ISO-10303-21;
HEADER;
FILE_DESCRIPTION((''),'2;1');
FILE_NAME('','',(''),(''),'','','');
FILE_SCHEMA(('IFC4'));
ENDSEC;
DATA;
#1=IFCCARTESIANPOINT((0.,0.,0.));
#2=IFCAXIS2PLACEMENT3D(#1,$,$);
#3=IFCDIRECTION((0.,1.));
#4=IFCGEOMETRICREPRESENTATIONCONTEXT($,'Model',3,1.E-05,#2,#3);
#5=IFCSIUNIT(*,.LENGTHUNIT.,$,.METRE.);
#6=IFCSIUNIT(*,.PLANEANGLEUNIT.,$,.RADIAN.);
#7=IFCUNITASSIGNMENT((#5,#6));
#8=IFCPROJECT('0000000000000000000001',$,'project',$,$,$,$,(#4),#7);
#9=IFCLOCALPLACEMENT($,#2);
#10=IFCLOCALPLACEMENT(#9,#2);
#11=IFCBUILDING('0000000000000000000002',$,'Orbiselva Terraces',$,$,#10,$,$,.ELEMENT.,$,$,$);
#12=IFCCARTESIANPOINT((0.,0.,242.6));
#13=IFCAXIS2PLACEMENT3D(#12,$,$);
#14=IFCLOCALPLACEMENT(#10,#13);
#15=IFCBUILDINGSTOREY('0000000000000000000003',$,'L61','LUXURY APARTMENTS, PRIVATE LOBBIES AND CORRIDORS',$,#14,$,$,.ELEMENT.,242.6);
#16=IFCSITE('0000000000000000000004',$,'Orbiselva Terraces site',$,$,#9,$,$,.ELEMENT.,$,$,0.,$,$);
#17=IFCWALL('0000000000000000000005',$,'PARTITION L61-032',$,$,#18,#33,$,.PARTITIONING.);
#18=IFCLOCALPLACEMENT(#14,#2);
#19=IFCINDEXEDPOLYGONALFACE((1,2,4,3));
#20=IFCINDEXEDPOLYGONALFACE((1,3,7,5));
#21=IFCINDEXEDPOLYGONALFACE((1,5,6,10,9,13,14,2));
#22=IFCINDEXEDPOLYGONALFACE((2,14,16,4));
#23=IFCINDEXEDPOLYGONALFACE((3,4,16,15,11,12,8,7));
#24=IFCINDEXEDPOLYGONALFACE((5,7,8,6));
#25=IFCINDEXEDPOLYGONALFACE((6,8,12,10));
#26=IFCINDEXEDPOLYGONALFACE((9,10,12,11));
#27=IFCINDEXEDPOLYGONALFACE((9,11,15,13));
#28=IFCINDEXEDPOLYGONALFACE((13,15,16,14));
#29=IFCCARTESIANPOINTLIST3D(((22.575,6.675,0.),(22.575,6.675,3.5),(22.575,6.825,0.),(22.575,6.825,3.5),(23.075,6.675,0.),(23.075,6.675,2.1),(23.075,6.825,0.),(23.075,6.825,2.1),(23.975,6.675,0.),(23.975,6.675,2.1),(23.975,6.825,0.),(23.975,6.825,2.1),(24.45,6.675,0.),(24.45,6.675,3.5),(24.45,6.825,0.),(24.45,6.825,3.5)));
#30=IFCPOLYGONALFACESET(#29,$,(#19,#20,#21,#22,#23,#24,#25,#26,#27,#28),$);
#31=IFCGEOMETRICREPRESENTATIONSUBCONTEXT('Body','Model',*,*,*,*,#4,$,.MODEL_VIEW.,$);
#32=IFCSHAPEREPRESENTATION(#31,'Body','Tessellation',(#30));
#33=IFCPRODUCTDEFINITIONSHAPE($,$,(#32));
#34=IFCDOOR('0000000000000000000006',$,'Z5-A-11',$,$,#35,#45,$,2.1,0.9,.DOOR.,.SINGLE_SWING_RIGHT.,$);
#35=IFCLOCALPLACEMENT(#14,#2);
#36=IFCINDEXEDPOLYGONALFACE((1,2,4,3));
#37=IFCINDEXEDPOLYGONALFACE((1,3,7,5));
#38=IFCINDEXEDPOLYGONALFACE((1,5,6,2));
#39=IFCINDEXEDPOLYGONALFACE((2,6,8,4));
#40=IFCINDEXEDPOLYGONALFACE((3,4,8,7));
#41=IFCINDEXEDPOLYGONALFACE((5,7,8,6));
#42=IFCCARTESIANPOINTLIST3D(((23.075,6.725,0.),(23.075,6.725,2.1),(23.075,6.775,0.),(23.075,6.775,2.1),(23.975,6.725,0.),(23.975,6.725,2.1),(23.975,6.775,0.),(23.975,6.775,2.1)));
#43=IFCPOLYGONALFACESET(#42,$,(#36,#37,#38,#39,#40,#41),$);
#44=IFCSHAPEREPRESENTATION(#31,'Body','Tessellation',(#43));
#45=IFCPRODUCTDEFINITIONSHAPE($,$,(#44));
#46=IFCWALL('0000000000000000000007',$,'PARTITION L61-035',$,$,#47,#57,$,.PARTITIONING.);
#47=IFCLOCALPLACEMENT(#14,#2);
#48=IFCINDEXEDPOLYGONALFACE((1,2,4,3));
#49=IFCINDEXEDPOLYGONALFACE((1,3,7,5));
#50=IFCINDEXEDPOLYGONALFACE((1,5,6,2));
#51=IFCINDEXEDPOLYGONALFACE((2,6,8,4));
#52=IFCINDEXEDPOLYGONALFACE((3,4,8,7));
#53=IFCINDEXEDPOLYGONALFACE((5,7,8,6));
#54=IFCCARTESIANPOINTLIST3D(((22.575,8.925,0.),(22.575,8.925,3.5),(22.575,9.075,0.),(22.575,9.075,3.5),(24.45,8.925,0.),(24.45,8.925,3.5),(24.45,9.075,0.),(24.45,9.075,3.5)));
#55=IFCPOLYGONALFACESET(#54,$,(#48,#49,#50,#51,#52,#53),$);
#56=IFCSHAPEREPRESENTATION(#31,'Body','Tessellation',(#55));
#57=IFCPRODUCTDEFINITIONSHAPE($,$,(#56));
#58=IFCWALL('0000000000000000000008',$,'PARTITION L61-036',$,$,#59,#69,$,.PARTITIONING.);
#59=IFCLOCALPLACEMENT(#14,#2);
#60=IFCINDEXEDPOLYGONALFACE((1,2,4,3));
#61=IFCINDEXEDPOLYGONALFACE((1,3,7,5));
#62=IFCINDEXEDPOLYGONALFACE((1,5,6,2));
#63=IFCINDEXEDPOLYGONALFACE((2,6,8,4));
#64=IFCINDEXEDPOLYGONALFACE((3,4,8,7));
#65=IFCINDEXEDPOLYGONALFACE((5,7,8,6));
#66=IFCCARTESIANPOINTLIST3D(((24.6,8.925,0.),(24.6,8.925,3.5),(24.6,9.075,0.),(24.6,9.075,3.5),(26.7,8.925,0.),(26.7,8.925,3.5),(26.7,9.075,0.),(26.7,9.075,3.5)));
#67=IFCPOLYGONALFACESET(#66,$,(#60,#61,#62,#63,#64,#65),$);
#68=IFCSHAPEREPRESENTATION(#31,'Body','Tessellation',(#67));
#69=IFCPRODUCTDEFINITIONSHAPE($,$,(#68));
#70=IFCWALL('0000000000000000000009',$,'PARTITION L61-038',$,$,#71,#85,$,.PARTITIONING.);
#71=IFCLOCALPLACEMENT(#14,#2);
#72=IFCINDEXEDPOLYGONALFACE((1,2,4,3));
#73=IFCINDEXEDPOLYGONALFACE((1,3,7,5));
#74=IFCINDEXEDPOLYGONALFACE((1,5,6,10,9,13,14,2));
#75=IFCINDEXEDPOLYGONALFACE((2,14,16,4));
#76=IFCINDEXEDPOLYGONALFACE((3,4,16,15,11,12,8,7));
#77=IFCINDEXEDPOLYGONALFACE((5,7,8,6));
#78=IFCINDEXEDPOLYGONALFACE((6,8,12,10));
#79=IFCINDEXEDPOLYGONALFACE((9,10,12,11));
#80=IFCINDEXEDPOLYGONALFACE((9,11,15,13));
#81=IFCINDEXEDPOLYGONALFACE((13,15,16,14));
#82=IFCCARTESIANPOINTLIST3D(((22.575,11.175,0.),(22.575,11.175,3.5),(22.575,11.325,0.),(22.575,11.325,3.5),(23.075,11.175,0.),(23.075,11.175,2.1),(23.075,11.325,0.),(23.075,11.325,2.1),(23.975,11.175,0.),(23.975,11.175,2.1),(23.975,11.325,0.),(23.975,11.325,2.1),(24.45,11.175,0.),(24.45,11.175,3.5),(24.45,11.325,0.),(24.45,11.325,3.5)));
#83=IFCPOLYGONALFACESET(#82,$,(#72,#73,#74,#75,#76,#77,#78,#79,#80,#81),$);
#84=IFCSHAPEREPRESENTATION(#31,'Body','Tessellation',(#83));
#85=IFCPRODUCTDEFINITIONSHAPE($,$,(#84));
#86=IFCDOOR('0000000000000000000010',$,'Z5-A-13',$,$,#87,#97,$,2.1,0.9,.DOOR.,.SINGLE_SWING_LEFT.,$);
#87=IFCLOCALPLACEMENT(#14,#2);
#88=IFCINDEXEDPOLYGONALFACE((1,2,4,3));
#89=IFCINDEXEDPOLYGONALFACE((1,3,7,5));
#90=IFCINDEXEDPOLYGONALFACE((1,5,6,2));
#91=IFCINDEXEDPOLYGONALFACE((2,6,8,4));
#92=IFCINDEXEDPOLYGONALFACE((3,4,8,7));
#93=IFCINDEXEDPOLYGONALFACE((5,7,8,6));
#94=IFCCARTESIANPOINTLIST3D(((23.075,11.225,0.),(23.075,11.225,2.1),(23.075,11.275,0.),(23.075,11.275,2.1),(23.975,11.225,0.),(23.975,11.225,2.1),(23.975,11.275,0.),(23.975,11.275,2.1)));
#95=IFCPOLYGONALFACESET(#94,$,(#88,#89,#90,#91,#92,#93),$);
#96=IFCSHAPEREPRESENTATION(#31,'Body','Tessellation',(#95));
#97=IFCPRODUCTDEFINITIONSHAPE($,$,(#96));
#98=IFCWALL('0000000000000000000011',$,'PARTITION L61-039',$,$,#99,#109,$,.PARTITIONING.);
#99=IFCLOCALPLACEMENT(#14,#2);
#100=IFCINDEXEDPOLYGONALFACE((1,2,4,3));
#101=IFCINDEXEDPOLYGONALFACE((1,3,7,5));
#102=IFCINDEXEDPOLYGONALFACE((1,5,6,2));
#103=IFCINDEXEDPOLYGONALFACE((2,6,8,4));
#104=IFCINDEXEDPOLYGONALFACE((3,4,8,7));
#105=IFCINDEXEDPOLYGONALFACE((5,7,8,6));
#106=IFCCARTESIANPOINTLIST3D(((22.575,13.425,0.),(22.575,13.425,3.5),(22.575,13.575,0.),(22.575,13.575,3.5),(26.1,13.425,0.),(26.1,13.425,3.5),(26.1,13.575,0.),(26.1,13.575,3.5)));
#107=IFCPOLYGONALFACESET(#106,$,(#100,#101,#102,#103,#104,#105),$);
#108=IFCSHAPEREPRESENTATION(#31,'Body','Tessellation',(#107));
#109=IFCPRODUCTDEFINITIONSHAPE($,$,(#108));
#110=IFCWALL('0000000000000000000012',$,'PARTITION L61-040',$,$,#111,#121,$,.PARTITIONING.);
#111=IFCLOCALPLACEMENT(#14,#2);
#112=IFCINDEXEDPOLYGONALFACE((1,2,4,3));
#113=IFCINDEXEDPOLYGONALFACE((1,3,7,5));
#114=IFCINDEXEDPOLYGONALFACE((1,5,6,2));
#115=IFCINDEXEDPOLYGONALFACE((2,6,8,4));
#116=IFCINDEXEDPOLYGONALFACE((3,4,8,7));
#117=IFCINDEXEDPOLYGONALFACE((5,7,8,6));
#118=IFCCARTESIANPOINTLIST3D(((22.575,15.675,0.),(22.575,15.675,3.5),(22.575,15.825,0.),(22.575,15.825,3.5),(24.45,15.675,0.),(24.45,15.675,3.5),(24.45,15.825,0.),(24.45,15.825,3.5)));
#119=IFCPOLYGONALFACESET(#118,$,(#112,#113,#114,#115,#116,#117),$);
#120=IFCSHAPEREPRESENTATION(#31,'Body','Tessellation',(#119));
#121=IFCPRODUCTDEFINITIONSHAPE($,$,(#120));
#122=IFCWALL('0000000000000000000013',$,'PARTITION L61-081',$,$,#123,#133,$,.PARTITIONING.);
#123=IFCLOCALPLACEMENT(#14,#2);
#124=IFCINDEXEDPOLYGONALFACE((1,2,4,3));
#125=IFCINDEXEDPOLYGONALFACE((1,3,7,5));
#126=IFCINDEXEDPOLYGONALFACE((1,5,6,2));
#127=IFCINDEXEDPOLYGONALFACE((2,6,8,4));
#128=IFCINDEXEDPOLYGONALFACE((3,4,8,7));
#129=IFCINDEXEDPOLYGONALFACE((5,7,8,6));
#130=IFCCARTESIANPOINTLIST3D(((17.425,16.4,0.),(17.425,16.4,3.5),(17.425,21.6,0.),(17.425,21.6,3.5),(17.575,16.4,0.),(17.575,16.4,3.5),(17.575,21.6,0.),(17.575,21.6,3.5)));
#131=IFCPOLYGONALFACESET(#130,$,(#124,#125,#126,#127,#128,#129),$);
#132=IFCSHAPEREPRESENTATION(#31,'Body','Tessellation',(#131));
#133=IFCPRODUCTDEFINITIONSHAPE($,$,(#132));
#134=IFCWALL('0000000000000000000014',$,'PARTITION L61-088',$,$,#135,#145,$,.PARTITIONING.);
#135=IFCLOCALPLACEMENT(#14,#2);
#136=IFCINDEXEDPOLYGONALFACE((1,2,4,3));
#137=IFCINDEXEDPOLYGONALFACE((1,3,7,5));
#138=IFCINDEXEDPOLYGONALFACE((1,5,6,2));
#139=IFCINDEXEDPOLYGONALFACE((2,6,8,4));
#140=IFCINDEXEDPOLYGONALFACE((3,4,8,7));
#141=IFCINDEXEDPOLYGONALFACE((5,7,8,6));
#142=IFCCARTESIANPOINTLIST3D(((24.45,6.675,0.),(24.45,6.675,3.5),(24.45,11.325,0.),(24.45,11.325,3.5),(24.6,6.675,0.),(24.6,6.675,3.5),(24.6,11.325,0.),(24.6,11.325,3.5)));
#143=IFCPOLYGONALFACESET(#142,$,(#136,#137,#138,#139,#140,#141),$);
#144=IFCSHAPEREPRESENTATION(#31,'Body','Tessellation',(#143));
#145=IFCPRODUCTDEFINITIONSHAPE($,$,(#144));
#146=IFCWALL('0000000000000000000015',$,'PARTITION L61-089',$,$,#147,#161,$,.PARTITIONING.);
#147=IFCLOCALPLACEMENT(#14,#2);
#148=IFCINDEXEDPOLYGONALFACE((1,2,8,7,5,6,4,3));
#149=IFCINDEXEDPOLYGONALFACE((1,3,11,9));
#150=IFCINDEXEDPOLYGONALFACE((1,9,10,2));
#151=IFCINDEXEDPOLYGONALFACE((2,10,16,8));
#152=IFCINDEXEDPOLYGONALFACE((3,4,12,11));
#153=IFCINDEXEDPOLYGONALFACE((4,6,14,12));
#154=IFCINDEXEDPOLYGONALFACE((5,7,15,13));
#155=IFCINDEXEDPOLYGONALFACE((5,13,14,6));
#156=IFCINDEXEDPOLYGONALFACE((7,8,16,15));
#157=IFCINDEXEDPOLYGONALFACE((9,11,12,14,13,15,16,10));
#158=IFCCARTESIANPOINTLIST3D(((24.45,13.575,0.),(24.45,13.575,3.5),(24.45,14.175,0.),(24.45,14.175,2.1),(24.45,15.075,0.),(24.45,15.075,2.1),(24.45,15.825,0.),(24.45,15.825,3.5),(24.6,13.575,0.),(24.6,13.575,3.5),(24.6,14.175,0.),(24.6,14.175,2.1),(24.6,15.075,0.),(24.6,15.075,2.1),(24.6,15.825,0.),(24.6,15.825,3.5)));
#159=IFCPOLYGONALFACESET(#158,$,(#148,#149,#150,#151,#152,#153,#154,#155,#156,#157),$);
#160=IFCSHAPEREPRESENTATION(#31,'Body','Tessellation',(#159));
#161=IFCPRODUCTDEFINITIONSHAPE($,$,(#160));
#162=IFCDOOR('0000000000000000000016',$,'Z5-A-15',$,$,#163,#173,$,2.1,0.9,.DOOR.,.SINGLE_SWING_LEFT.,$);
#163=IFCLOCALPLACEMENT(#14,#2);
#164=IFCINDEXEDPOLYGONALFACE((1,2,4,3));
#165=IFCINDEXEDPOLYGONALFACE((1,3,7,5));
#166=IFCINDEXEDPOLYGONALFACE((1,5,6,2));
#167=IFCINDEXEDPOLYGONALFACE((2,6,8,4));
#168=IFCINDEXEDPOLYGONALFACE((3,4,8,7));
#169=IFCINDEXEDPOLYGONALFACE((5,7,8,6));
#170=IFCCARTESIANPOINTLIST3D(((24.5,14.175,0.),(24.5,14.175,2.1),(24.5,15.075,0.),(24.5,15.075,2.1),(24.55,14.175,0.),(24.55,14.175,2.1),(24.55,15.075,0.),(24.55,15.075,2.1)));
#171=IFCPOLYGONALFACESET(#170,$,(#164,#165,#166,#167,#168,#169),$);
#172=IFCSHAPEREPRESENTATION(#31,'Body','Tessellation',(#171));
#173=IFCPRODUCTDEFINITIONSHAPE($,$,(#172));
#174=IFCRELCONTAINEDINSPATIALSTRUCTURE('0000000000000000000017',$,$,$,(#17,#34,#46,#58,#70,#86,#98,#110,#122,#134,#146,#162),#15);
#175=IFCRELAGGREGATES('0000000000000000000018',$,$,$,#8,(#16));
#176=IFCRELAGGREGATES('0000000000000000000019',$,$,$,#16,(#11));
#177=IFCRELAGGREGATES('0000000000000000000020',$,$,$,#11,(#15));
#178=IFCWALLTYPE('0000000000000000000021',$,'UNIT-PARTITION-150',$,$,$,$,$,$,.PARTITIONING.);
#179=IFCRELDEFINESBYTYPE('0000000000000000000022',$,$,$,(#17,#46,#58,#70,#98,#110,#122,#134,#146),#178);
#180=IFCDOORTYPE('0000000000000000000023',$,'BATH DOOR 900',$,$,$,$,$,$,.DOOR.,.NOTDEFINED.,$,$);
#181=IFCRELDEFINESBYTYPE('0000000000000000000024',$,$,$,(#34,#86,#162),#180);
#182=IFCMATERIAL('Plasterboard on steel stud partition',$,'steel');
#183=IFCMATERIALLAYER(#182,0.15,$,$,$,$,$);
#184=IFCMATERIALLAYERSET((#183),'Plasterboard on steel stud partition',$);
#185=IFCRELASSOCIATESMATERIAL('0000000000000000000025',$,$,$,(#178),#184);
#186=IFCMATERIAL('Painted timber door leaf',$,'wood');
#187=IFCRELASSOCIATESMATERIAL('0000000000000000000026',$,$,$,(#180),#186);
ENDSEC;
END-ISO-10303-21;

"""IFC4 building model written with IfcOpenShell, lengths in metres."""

from ifc_helpers import new_model, si_unit, direction, frame, frame_2d, origin, place, context, subcontext, project, spatial, rectangle, extrude, material, layer, layer_set, type_object, element, fill, save


model = new_model("IFC4")

# Units and contexts
model_context = context("Model", 3, precision=1e-05, world=origin(), true_north=direction((0.0, 1.0)))
body_context = subcontext(model_context, "Body", "Model", "MODEL_VIEW")
ifc_project = project(units=[si_unit("LENGTHUNIT", "METRE"), si_unit("PLANEANGLEUNIT", "RADIAN")], contexts=[model_context])

# Site, building, storey
site_placement = place(None, origin())
site = spatial("IfcSite", under=ifc_project, at=site_placement, Name="Orbiselva Terraces site", CompositionType="ELEMENT", RefElevation=0.0)
building_placement = place(site_placement, origin())
building = spatial("IfcBuilding", under=site, at=building_placement, Name="Orbiselva Terraces", CompositionType="ELEMENT")
storey_placement = place(building_placement, frame((0.0, 0.0, 242.6)))
storey = spatial("IfcBuildingStorey", under=building, at=storey_placement, Name="L61", Description="LUXURY APARTMENTS, PRIVATE LOBBIES AND CORRIDORS", CompositionType="ELEMENT", Elevation=242.6)

# Shared definitions
ifc_material_1 = material(Name="Plasterboard on steel stud partition", Category="steel")
ifc_layer_1 = layer(ifc_material_1, 0.15)
ifc_layer_set_1 = layer_set([ifc_layer_1], Name="Plasterboard on steel stud partition")
wall_type_1 = type_object("IfcWallType", Name="UNIT-PARTITION-150", PredefinedType="PARTITIONING", material=ifc_layer_set_1)

# Wall, opening, door
wall_1_placement = place(storey_placement, frame((22.575, 6.75, 0.0), z_axis=(0.0, 0.0, 1.0), x_axis=(1.0, 0.0, 0.0)))
wall_1 = element("IfcWall", 1, at=wall_1_placement, inside=storey, type_object=wall_type_1, Name="PARTITION L61-032", PredefinedType="PARTITIONING", context=body_context, shape_type="SweptSolid", body=[
    extrude(rectangle(XDim=1.875, YDim=0.15, at=frame_2d((0.9375, 0.0))), origin(), (0.0, 0.0, 1.0), 3.5),
])
opening_1_placement = place(wall_1_placement, frame((0.5, 0.0, 0.0)))
opening_1 = element("IfcOpeningElement", 2, at=opening_1_placement, cuts=wall_1, PredefinedType="OPENING", context=body_context, shape_type="SweptSolid", body=[
    extrude(rectangle(XDim=0.9, YDim=2.1, at=frame_2d((0.45, 1.05))), frame((0.0, 0.085, 0.0), z_axis=(0.0, -1.0, 0.0), x_axis=(1.0, 0.0, 0.0)), (0.0, 0.0, 1.0), 0.17),
])
ifc_material_2 = material(Name="Painted timber door leaf", Category="wood")
door_type_1 = type_object("IfcDoorType", Name="BATH DOOR 900", OperationType="NOTDEFINED", PredefinedType="DOOR", material=ifc_material_2)
door_1_placement = place(opening_1_placement, origin())
door_1 = element("IfcDoor", 3, at=door_1_placement, inside=storey, type_object=door_type_1, Name="Z5-A-11", OperationType="SINGLE_SWING_RIGHT", OverallHeight=2.1, OverallWidth=0.9, PredefinedType="DOOR", context=body_context, shape_type="SweptSolid", body=[
    extrude(rectangle(XDim=0.9, YDim=2.1, at=frame_2d((0.45, 1.05))), frame((0.0, 0.025, 0.0), z_axis=(0.0, -1.0, 0.0), x_axis=(1.0, 0.0, 0.0)), (0.0, 0.0, 1.0), 0.05),
])
fill(opening_1, door_1)

# Walls
wall_2_placement = place(storey_placement, frame((22.575, 9.0, 0.0), z_axis=(0.0, 0.0, 1.0), x_axis=(1.0, 0.0, 0.0)))
element("IfcWall", 4, at=wall_2_placement, inside=storey, type_object=wall_type_1, Name="PARTITION L61-035", PredefinedType="PARTITIONING", context=body_context, shape_type="SweptSolid", body=[
    extrude(rectangle(XDim=1.875, YDim=0.15, at=frame_2d((0.9375, 0.0))), origin(), (0.0, 0.0, 1.0), 3.5),
])
wall_3_placement = place(storey_placement, frame((24.6, 9.0, 0.0), z_axis=(0.0, 0.0, 1.0), x_axis=(1.0, 0.0, 0.0)))
element("IfcWall", 5, at=wall_3_placement, inside=storey, type_object=wall_type_1, Name="PARTITION L61-036", PredefinedType="PARTITIONING", context=body_context, shape_type="SweptSolid", body=[
    extrude(rectangle(XDim=2.1, YDim=0.15, at=frame_2d((1.05, 0.0))), origin(), (0.0, 0.0, 1.0), 3.5),
])

# Wall, opening, door
wall_4_placement = place(storey_placement, frame((24.45, 11.25, 0.0), z_axis=(0.0, 0.0, 1.0), x_axis=(-1.0, 0.0, 0.0)))
wall_4 = element("IfcWall", 6, at=wall_4_placement, inside=storey, type_object=wall_type_1, Name="PARTITION L61-038", PredefinedType="PARTITIONING", context=body_context, shape_type="SweptSolid", body=[
    extrude(rectangle(XDim=1.875, YDim=0.15, at=frame_2d((0.9375, 0.0))), origin(), (0.0, 0.0, 1.0), 3.5),
])
opening_2_placement = place(wall_4_placement, frame((0.475, 0.0, 0.0)))
opening_2 = element("IfcOpeningElement", 7, at=opening_2_placement, cuts=wall_4, PredefinedType="OPENING", context=body_context, shape_type="SweptSolid", body=[
    extrude(rectangle(XDim=0.9, YDim=2.1, at=frame_2d((0.45, 1.05))), frame((0.0, 0.085, 0.0), z_axis=(0.0, -1.0, 0.0), x_axis=(1.0, 0.0, 0.0)), (0.0, 0.0, 1.0), 0.17),
])
door_2_placement = place(opening_2_placement, origin())
door_2 = element("IfcDoor", 8, at=door_2_placement, inside=storey, type_object=door_type_1, Name="Z5-A-13", OperationType="SINGLE_SWING_LEFT", OverallHeight=2.1, OverallWidth=0.9, PredefinedType="DOOR", context=body_context, shape_type="SweptSolid", body=[
    extrude(rectangle(XDim=0.9, YDim=2.1, at=frame_2d((0.45, 1.05))), frame((0.0, 0.025, 0.0), z_axis=(0.0, -1.0, 0.0), x_axis=(1.0, 0.0, 0.0)), (0.0, 0.0, 1.0), 0.05),
])
fill(opening_2, door_2)

# Walls
wall_5_placement = place(storey_placement, frame((22.575, 13.5, 0.0), z_axis=(0.0, 0.0, 1.0), x_axis=(1.0, 0.0, 0.0)))
element("IfcWall", 9, at=wall_5_placement, inside=storey, type_object=wall_type_1, Name="PARTITION L61-039", PredefinedType="PARTITIONING", context=body_context, shape_type="SweptSolid", body=[
    extrude(rectangle(XDim=3.525, YDim=0.15, at=frame_2d((1.7625, 0.0))), origin(), (0.0, 0.0, 1.0), 3.5),
])
wall_6_placement = place(storey_placement, frame((22.575, 15.75, 0.0), z_axis=(0.0, 0.0, 1.0), x_axis=(1.0, 0.0, 0.0)))
element("IfcWall", 10, at=wall_6_placement, inside=storey, type_object=wall_type_1, Name="PARTITION L61-040", PredefinedType="PARTITIONING", context=body_context, shape_type="SweptSolid", body=[
    extrude(rectangle(XDim=1.875, YDim=0.15, at=frame_2d((0.9375, 0.0))), origin(), (0.0, 0.0, 1.0), 3.5),
])
wall_7_placement = place(storey_placement, frame((17.5, 16.4, 0.0), z_axis=(0.0, 0.0, 1.0), x_axis=(0.0, 1.0, 0.0)))
element("IfcWall", 11, at=wall_7_placement, inside=storey, type_object=wall_type_1, Name="PARTITION L61-081", PredefinedType="PARTITIONING", context=body_context, shape_type="SweptSolid", body=[
    extrude(rectangle(XDim=5.2, YDim=0.15, at=frame_2d((2.6, 0.0))), origin(), (0.0, 0.0, 1.0), 3.5),
])
wall_8_placement = place(storey_placement, frame((24.525, 6.675, 0.0), z_axis=(0.0, 0.0, 1.0), x_axis=(0.0, 1.0, 0.0)))
element("IfcWall", 12, at=wall_8_placement, inside=storey, type_object=wall_type_1, Name="PARTITION L61-088", PredefinedType="PARTITIONING", context=body_context, shape_type="SweptSolid", body=[
    extrude(rectangle(XDim=4.65, YDim=0.15, at=frame_2d((2.325, 0.0))), origin(), (0.0, 0.0, 1.0), 3.5),
])

# Wall, opening, door
wall_9_placement = place(storey_placement, frame((24.525, 13.575, 0.0), z_axis=(0.0, 0.0, 1.0), x_axis=(0.0, 1.0, 0.0)))
wall_9 = element("IfcWall", 13, at=wall_9_placement, inside=storey, type_object=wall_type_1, Name="PARTITION L61-089", PredefinedType="PARTITIONING", context=body_context, shape_type="SweptSolid", body=[
    extrude(rectangle(XDim=2.25, YDim=0.15, at=frame_2d((1.125, 0.0))), origin(), (0.0, 0.0, 1.0), 3.5),
])
opening_3_placement = place(wall_9_placement, frame((0.6, 0.0, 0.0)))
opening_3 = element("IfcOpeningElement", 14, at=opening_3_placement, cuts=wall_9, PredefinedType="OPENING", context=body_context, shape_type="SweptSolid", body=[
    extrude(rectangle(XDim=0.9, YDim=2.1, at=frame_2d((0.45, 1.05))), frame((0.0, 0.085, 0.0), z_axis=(0.0, -1.0, 0.0), x_axis=(1.0, 0.0, 0.0)), (0.0, 0.0, 1.0), 0.17),
])
door_3_placement = place(opening_3_placement, origin())
door_3 = element("IfcDoor", 15, at=door_3_placement, inside=storey, type_object=door_type_1, Name="Z5-A-15", OperationType="SINGLE_SWING_LEFT", OverallHeight=2.1, OverallWidth=0.9, PredefinedType="DOOR", context=body_context, shape_type="SweptSolid", body=[
    extrude(rectangle(XDim=0.9, YDim=2.1, at=frame_2d((0.45, 1.05))), frame((0.0, 0.025, 0.0), z_axis=(0.0, -1.0, 0.0), x_axis=(1.0, 0.0, 0.0)), (0.0, 0.0, 1.0), 0.05),
])
fill(opening_3, door_3)

save(model, "model.ifc")
